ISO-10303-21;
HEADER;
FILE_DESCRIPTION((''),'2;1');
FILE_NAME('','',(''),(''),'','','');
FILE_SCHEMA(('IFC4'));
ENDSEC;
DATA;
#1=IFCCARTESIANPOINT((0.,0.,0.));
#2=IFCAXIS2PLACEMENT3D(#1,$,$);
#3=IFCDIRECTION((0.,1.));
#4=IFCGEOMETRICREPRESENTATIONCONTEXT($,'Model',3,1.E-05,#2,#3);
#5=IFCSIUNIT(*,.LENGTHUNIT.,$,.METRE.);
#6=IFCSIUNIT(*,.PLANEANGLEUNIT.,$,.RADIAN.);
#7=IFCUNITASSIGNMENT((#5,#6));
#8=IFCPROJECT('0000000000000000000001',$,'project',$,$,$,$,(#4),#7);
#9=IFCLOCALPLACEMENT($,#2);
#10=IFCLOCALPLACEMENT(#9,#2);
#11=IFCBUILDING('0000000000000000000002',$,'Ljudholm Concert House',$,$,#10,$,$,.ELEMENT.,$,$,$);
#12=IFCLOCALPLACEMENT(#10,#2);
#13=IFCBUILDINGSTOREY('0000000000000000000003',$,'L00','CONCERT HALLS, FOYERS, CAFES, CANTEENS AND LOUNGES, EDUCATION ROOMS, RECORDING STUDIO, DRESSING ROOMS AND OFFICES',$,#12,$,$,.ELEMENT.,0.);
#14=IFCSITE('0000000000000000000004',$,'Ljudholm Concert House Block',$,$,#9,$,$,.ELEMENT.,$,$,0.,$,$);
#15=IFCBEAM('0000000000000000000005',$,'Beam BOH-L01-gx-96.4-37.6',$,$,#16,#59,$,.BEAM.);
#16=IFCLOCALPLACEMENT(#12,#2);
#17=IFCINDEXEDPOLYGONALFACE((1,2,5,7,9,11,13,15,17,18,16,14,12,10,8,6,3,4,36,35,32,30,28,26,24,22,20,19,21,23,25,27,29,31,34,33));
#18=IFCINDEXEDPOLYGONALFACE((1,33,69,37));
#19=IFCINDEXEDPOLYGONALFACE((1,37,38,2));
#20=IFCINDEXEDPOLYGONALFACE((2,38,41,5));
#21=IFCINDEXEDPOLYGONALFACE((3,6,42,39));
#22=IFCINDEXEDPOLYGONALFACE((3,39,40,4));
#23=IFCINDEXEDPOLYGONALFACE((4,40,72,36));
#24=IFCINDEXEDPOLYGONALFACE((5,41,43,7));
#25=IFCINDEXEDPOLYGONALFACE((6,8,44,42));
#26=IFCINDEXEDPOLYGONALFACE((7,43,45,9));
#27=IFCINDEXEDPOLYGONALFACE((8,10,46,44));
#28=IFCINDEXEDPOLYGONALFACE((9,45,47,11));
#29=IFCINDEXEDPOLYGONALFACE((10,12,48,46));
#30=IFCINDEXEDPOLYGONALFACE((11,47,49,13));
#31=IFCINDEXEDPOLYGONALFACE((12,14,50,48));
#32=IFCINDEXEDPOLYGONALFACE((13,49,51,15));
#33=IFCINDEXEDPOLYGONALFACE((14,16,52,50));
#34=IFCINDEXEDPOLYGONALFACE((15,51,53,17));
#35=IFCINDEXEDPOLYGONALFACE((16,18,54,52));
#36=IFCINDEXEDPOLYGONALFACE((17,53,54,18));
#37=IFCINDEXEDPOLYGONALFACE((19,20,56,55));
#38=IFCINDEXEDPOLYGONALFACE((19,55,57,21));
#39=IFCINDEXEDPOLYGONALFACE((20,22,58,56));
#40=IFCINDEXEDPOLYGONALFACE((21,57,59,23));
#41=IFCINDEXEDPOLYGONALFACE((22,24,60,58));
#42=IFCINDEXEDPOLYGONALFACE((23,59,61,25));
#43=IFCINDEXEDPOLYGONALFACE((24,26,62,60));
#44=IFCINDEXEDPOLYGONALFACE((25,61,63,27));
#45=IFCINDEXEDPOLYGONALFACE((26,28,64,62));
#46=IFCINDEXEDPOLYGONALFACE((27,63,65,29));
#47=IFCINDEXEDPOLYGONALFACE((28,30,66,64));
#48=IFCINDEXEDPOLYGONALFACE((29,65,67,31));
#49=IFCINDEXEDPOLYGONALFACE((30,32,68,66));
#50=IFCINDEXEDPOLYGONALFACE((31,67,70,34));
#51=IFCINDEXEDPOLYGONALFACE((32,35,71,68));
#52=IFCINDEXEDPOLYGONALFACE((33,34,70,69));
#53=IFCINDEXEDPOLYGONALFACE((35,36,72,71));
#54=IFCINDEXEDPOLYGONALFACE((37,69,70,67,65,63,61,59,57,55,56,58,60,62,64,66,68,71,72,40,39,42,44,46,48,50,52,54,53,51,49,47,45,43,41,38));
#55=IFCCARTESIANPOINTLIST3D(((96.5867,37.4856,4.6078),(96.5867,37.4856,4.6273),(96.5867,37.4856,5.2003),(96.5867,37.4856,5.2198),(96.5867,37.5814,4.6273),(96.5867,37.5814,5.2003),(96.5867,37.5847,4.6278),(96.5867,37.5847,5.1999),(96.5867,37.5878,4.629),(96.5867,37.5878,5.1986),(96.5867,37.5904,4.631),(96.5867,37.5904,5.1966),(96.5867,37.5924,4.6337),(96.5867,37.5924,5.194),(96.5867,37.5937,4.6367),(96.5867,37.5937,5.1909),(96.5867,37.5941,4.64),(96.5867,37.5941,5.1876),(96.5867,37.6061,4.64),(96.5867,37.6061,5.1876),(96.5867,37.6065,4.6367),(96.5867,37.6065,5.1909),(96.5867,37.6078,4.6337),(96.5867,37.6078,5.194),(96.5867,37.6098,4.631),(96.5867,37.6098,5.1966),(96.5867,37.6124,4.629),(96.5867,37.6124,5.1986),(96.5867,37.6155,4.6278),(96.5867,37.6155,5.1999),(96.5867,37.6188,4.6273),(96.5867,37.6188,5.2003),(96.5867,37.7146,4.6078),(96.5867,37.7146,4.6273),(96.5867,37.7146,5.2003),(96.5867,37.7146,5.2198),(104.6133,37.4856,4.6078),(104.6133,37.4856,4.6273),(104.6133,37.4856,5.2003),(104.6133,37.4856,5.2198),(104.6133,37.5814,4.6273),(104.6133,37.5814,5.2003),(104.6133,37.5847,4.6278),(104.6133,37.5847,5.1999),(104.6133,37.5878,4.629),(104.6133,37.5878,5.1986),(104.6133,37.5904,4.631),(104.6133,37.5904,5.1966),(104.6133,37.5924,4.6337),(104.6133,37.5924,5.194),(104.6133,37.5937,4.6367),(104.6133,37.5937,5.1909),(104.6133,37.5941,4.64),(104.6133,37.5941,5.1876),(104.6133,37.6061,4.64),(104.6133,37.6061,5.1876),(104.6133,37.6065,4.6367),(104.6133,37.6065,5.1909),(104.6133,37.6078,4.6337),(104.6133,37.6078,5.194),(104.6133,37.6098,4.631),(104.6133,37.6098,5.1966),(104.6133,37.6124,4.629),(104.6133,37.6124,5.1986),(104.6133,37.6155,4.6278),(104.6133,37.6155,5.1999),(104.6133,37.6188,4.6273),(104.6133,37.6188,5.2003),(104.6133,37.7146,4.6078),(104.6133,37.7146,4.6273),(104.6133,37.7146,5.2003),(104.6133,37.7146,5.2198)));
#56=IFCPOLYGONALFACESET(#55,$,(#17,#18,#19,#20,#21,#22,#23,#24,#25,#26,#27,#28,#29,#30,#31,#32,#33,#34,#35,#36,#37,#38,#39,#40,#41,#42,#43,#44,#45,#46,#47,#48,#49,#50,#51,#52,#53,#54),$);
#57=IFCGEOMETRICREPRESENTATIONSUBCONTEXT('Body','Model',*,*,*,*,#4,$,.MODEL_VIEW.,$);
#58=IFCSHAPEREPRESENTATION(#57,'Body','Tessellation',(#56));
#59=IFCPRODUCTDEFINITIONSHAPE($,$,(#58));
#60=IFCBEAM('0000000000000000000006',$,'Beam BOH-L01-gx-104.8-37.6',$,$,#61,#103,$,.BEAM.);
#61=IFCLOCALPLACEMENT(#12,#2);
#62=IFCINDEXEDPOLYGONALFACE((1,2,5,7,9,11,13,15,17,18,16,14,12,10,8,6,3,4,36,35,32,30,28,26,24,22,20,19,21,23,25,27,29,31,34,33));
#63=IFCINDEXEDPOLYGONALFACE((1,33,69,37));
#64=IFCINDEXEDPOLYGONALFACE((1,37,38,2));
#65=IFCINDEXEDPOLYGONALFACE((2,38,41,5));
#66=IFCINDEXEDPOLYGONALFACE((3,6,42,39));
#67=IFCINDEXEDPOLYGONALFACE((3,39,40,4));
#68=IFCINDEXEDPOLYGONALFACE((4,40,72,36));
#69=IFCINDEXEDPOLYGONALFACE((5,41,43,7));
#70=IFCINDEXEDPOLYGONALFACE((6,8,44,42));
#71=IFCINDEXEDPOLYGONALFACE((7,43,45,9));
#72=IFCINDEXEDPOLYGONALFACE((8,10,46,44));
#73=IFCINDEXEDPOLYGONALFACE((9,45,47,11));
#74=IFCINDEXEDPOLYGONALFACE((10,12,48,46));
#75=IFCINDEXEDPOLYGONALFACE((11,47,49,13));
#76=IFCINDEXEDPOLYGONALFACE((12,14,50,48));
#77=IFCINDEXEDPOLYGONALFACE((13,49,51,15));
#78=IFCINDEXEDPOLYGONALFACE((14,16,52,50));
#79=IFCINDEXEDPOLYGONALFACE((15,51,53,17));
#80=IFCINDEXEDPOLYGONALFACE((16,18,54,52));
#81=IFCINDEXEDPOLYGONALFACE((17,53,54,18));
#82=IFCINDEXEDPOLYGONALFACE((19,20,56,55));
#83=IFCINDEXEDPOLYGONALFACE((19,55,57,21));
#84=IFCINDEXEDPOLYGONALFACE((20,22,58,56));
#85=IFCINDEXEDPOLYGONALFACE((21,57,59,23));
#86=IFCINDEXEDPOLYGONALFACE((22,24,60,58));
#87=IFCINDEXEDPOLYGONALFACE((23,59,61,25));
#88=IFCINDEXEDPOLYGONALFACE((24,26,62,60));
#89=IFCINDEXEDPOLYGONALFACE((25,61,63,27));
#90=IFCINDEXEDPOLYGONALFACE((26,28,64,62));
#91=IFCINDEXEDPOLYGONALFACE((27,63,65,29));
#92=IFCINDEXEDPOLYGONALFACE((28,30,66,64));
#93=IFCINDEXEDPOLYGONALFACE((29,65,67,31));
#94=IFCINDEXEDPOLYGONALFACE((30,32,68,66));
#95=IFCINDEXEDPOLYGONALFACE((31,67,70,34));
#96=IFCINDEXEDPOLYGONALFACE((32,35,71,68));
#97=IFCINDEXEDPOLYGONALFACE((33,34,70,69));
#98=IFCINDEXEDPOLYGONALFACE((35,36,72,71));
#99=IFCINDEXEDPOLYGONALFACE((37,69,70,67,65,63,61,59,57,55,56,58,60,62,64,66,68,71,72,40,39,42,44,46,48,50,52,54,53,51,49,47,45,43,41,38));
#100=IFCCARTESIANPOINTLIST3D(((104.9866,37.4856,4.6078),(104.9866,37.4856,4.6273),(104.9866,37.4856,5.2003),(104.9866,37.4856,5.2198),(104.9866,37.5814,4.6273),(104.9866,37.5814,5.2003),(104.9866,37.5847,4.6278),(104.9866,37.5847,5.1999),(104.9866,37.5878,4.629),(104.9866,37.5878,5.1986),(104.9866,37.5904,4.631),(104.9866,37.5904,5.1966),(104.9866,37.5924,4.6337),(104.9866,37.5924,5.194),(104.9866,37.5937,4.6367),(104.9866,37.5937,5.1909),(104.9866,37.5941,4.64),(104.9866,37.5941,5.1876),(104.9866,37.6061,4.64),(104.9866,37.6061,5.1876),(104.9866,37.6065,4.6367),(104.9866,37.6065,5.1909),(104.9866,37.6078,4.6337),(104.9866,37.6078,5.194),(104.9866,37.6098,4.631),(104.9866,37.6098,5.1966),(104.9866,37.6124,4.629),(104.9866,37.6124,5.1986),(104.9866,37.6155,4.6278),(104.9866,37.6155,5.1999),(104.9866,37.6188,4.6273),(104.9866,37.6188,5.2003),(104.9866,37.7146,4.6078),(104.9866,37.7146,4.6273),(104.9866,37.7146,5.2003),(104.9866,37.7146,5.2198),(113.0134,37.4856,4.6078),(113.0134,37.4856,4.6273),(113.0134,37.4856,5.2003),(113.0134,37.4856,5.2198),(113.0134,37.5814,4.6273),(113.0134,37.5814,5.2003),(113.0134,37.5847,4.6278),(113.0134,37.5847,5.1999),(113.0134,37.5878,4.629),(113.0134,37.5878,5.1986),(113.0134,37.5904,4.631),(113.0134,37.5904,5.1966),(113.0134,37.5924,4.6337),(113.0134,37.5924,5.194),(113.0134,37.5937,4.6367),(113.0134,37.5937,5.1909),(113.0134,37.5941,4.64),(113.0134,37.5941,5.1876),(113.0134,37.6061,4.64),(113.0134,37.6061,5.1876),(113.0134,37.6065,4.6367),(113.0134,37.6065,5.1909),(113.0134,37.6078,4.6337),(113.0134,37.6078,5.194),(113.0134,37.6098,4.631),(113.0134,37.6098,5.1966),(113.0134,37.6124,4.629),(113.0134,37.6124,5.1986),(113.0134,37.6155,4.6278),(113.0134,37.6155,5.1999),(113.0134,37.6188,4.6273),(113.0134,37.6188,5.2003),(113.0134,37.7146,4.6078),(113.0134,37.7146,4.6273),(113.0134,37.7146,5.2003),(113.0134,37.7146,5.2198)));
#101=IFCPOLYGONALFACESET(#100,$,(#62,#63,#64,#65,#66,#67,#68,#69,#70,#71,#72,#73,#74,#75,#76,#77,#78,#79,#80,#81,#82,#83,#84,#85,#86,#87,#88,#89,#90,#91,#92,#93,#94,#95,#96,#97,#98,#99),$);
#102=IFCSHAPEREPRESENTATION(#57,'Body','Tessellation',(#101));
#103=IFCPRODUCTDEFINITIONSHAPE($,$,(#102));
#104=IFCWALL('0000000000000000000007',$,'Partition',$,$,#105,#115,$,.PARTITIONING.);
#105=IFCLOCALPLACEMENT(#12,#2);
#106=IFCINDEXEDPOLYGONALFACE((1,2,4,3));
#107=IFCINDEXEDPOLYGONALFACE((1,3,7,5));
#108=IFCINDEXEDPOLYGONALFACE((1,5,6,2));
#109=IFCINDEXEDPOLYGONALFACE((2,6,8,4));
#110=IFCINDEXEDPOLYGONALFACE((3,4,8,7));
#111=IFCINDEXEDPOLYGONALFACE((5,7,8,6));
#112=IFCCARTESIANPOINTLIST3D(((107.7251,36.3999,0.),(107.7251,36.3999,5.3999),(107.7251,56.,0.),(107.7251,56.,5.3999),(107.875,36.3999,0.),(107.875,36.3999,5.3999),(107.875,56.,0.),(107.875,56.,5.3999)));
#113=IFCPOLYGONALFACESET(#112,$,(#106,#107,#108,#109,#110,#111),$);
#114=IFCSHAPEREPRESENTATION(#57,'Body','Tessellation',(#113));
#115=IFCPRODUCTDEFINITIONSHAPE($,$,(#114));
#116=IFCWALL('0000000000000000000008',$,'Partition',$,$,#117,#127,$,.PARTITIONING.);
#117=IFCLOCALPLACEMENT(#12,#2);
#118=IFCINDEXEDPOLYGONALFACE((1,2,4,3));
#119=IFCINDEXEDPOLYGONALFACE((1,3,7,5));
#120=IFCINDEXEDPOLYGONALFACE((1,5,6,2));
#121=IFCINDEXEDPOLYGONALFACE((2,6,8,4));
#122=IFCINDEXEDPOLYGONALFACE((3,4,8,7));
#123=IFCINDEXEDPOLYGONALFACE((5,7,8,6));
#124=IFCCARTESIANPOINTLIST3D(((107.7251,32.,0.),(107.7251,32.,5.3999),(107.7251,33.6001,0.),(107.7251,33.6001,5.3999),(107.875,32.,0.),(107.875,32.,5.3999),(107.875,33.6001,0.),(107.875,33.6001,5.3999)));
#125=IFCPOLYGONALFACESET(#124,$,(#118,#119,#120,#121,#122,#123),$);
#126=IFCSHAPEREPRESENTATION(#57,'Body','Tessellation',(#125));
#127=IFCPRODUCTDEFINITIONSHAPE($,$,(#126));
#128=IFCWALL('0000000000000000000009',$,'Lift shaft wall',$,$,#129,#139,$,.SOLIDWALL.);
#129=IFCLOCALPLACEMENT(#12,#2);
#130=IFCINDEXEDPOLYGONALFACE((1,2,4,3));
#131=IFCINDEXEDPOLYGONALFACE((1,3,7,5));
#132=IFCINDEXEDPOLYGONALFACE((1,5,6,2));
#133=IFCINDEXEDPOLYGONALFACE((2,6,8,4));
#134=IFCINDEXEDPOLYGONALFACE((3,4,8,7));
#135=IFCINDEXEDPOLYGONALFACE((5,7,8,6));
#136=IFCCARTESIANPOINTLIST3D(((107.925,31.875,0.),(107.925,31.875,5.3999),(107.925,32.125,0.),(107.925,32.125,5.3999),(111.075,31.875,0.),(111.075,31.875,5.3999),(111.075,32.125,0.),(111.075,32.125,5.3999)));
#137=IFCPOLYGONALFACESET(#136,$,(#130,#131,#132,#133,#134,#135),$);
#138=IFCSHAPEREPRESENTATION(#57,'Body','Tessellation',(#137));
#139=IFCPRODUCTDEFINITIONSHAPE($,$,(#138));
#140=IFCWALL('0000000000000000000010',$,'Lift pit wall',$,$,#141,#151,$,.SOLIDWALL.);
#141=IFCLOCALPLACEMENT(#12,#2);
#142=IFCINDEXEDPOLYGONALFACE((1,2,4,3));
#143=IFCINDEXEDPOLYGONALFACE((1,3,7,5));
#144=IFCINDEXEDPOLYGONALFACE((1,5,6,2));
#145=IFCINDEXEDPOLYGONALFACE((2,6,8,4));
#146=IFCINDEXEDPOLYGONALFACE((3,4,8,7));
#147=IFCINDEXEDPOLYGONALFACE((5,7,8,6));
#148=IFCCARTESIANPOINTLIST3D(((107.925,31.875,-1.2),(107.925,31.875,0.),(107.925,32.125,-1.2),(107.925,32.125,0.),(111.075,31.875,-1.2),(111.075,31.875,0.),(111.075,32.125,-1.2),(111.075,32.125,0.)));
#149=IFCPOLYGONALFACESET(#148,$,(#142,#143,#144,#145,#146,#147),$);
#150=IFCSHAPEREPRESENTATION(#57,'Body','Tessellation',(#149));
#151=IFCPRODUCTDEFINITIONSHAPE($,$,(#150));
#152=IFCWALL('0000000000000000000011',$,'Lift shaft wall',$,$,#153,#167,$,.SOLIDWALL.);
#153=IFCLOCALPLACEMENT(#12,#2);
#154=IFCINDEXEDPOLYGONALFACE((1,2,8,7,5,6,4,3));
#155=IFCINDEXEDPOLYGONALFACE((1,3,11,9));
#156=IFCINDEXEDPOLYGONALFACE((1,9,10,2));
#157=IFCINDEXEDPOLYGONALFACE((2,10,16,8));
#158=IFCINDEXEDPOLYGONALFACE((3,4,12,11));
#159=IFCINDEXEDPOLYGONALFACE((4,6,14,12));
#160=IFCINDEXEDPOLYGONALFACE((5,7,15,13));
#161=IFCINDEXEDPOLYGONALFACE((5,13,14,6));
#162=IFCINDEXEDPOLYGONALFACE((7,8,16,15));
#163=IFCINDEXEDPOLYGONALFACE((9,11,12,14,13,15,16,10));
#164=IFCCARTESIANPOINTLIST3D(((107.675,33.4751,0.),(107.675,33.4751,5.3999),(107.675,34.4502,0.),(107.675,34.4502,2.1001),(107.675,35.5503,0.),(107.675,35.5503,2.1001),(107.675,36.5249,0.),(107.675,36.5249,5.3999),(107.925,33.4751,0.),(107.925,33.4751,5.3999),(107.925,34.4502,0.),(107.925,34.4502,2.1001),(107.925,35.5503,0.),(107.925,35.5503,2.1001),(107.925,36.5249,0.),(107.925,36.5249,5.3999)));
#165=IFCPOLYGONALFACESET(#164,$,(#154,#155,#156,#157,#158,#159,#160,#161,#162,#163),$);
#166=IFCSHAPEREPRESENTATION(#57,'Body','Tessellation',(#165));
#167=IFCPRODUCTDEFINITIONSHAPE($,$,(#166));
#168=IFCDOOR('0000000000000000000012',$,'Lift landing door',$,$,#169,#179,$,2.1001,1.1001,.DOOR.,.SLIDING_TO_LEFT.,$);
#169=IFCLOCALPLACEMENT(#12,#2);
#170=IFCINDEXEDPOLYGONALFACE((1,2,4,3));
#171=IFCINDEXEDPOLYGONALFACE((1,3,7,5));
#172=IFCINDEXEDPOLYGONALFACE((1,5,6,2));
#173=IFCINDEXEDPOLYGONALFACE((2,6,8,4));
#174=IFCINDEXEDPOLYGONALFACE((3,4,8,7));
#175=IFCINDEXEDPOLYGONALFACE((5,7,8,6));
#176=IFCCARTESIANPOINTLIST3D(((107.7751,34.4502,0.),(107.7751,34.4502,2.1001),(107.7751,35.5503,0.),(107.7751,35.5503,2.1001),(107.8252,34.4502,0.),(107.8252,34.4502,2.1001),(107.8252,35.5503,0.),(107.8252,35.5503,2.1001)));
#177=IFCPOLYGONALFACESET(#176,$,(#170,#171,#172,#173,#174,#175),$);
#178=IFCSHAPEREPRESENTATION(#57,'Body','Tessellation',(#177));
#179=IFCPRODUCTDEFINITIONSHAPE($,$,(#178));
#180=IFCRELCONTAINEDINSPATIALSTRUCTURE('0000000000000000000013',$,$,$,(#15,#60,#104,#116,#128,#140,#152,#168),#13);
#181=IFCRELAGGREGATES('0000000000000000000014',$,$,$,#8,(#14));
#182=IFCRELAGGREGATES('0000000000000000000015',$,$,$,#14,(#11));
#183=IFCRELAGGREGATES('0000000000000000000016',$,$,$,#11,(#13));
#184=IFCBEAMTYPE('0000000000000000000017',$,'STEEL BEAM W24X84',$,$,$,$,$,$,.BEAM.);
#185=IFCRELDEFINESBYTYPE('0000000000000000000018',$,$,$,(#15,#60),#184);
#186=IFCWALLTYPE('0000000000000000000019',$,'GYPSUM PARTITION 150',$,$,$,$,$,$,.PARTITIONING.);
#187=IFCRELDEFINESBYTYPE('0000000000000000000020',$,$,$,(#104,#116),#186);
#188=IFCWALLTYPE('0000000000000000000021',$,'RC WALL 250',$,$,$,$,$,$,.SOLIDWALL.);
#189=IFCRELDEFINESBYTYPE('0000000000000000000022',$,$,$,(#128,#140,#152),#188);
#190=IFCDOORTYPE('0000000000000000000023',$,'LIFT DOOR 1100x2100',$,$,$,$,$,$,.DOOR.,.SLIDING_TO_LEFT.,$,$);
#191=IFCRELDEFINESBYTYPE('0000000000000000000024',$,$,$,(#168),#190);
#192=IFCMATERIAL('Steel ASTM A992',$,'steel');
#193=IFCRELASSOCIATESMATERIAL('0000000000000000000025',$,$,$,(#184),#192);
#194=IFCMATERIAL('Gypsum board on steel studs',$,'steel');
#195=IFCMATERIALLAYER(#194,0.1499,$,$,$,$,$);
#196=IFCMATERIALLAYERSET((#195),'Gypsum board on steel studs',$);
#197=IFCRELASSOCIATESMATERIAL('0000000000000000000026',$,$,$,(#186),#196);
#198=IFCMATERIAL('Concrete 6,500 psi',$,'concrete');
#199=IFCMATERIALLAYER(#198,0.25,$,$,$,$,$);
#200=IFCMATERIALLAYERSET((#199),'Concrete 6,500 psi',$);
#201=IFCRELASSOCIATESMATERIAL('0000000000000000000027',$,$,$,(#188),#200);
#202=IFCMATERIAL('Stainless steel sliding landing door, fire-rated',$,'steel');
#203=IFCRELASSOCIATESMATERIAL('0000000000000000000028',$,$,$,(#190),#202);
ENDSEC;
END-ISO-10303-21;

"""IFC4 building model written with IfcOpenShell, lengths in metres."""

from ifc_helpers import new_model, si_unit, direction, frame, frame_2d, origin, origin_2d, place, context, subcontext, project, spatial, rectangle, i_section, extrude, material, layer, layer_set, material_profile, profile_set, type_object, element, fill, save


model = new_model("IFC4")

# Units and contexts
model_context = context("Model", 3, precision=1e-05, world=origin(), true_north=direction((0.0, 1.0)))
body_context = subcontext(model_context, "Body", "Model", "MODEL_VIEW")
ifc_project = project(units=[si_unit("LENGTHUNIT", "METRE"), si_unit("PLANEANGLEUNIT", "RADIAN")], contexts=[model_context])

# Site, building, storey
site_placement = place(None, origin())
site = spatial("IfcSite", under=ifc_project, at=site_placement, Name="Ljudholm Concert House Block", CompositionType="ELEMENT", RefElevation=0.0)
building_placement = place(site_placement, origin())
building = spatial("IfcBuilding", under=site, at=building_placement, Name="Ljudholm Concert House", CompositionType="ELEMENT")
storey_placement = place(building_placement, origin())
storey = spatial("IfcBuildingStorey", under=building, at=storey_placement, Name="L00", Description="CONCERT HALLS, FOYERS, CAFES, CANTEENS AND LOUNGES, EDUCATION ROOMS, RECORDING STUDIO, DRESSING ROOMS AND OFFICES", CompositionType="ELEMENT", Elevation=0.0)

# Beams
ifc_material_1 = material(Name="Steel ASTM A992", Category="steel")
ifc_material_profile_1 = material_profile(ifc_material_1, i_section(OverallWidth=0.229, OverallDepth=0.6121, WebThickness=0.012, FlangeThickness=0.0195, FilletRadius=0.0127, at=origin_2d()), Name="W24X84")
ifc_profile_set_1 = profile_set([ifc_material_profile_1], Name="Steel ASTM A992")
beam_type_1 = type_object("IfcBeamType", Name="STEEL BEAM W24X84", PredefinedType="BEAM", material=ifc_profile_set_1)
beam_1_placement = place(storey_placement, frame((96.5867, 37.6001, 4.9138), z_axis=(1.0, 0.0, 0.0), x_axis=(0.0, 1.0, 0.0)))
element("IfcBeam", 1, at=beam_1_placement, inside=storey, type_object=beam_type_1, Name="Beam BOH-L01-gx-96.4-37.6", PredefinedType="BEAM", context=body_context, shape_type="SweptSolid", body=[
    extrude(i_section(OverallWidth=0.229, OverallDepth=0.6121, WebThickness=0.012, FlangeThickness=0.0195, FilletRadius=0.0127, at=origin_2d()), origin(), (0.0, 0.0, 1.0), 8.0266),
])
beam_2_placement = place(storey_placement, frame((104.9866, 37.6001, 4.9138), z_axis=(1.0, 0.0, 0.0), x_axis=(0.0, 1.0, 0.0)))
element("IfcBeam", 2, at=beam_2_placement, inside=storey, type_object=beam_type_1, Name="Beam BOH-L01-gx-104.8-37.6", PredefinedType="BEAM", context=body_context, shape_type="SweptSolid", body=[
    extrude(i_section(OverallWidth=0.229, OverallDepth=0.6121, WebThickness=0.012, FlangeThickness=0.0195, FilletRadius=0.0127, at=origin_2d()), origin(), (0.0, 0.0, 1.0), 8.0269),
])

# Walls
ifc_material_2 = material(Name="Gypsum board on steel studs", Category="steel")
ifc_layer_1 = layer(ifc_material_2, 0.1499)
ifc_layer_set_1 = layer_set([ifc_layer_1], Name="Gypsum board on steel studs")
wall_type_1 = type_object("IfcWallType", Name="GYPSUM PARTITION 150", PredefinedType="PARTITIONING", material=ifc_layer_set_1)
wall_1_placement = place(storey_placement, frame((107.8, 36.3999, 0.0), z_axis=(0.0, 0.0, 1.0), x_axis=(0.0, 1.0, 0.0)))
element("IfcWall", 3, at=wall_1_placement, inside=storey, type_object=wall_type_1, Name="Partition", PredefinedType="PARTITIONING", context=body_context, shape_type="SweptSolid", body=[
    extrude(rectangle(XDim=19.6001, YDim=0.1499, at=frame_2d((9.8, 0.0))), origin(), (0.0, 0.0, 1.0), 5.3999),
])
wall_2_placement = place(storey_placement, frame((107.8, 32.0, 0.0), z_axis=(0.0, 0.0, 1.0), x_axis=(0.0, 1.0, 0.0)))
element("IfcWall", 4, at=wall_2_placement, inside=storey, type_object=wall_type_1, Name="Partition", PredefinedType="PARTITIONING", context=body_context, shape_type="SweptSolid", body=[
    extrude(rectangle(XDim=1.6001, YDim=0.1499, at=frame_2d((0.8, 0.0))), origin(), (0.0, 0.0, 1.0), 5.3999),
])
ifc_material_3 = material(Name="Concrete 6,500 psi", Category="concrete")
ifc_layer_2 = layer(ifc_material_3, 0.25)
ifc_layer_set_2 = layer_set([ifc_layer_2], Name="Concrete 6,500 psi")
wall_type_2 = type_object("IfcWallType", Name="RC WALL 250", PredefinedType="SOLIDWALL", material=ifc_layer_set_2)
wall_3_placement = place(storey_placement, frame((107.925, 32.0, 0.0), z_axis=(0.0, 0.0, 1.0), x_axis=(1.0, 0.0, 0.0)))
element("IfcWall", 5, at=wall_3_placement, inside=storey, type_object=wall_type_2, Name="Lift shaft wall", PredefinedType="SOLIDWALL", context=body_context, shape_type="SweptSolid", body=[
    extrude(rectangle(XDim=3.1499, YDim=0.25, at=frame_2d((1.575, 0.0))), origin(), (0.0, 0.0, 1.0), 5.3999),
])
wall_4_placement = place(storey_placement, frame((107.925, 32.0, -1.2), z_axis=(0.0, 0.0, 1.0), x_axis=(1.0, 0.0, 0.0)))
element("IfcWall", 6, at=wall_4_placement, inside=storey, type_object=wall_type_2, Name="Lift pit wall", PredefinedType="SOLIDWALL", context=body_context, shape_type="SweptSolid", body=[
    extrude(rectangle(XDim=3.1499, YDim=0.25, at=frame_2d((1.575, 0.0))), origin(), (0.0, 0.0, 1.0), 1.2),
])

# Wall, opening, door
wall_5_placement = place(storey_placement, frame((107.8, 33.4751, 0.0), z_axis=(0.0, 0.0, 1.0), x_axis=(0.0, 1.0, 0.0)))
wall_5 = element("IfcWall", 7, at=wall_5_placement, inside=storey, type_object=wall_type_2, Name="Lift shaft wall", PredefinedType="SOLIDWALL", context=body_context, shape_type="SweptSolid", body=[
    extrude(rectangle(XDim=3.0498, YDim=0.25, at=frame_2d((1.5249, 0.0))), origin(), (0.0, 0.0, 1.0), 5.3999),
])
opening_placement = place(wall_5_placement, frame((0.9751, 0.0, 0.0)))
opening = element("IfcOpeningElement", 8, at=opening_placement, cuts=wall_5, PredefinedType="OPENING", context=body_context, shape_type="SweptSolid", body=[
    extrude(rectangle(XDim=1.1001, YDim=2.1001, at=frame_2d((0.55, 1.05))), frame((0.0, 0.135, 0.0), z_axis=(0.0, -1.0, 0.0), x_axis=(1.0, 0.0, 0.0)), (0.0, 0.0, 1.0), 0.27),
])
ifc_material_4 = material(Name="Stainless steel sliding landing door, fire-rated", Category="steel")
door_type = type_object("IfcDoorType", Name="LIFT DOOR 1100x2100", OperationType="SLIDING_TO_LEFT", PredefinedType="DOOR", material=ifc_material_4)
door_placement = place(opening_placement, origin())
door = element("IfcDoor", 9, at=door_placement, inside=storey, type_object=door_type, Name="Lift landing door", OperationType="SLIDING_TO_LEFT", OverallHeight=2.1001, OverallWidth=1.1001, PredefinedType="DOOR", context=body_context, shape_type="SweptSolid", body=[
    extrude(rectangle(XDim=1.1001, YDim=2.1001, at=frame_2d((0.55, 1.05))), frame((0.0, 0.0249, 0.0), z_axis=(0.0, -1.0, 0.0), x_axis=(1.0, 0.0, 0.0)), (0.0, 0.0, 1.0), 0.05),
])
fill(opening, door)

save(model, "model.ifc")
